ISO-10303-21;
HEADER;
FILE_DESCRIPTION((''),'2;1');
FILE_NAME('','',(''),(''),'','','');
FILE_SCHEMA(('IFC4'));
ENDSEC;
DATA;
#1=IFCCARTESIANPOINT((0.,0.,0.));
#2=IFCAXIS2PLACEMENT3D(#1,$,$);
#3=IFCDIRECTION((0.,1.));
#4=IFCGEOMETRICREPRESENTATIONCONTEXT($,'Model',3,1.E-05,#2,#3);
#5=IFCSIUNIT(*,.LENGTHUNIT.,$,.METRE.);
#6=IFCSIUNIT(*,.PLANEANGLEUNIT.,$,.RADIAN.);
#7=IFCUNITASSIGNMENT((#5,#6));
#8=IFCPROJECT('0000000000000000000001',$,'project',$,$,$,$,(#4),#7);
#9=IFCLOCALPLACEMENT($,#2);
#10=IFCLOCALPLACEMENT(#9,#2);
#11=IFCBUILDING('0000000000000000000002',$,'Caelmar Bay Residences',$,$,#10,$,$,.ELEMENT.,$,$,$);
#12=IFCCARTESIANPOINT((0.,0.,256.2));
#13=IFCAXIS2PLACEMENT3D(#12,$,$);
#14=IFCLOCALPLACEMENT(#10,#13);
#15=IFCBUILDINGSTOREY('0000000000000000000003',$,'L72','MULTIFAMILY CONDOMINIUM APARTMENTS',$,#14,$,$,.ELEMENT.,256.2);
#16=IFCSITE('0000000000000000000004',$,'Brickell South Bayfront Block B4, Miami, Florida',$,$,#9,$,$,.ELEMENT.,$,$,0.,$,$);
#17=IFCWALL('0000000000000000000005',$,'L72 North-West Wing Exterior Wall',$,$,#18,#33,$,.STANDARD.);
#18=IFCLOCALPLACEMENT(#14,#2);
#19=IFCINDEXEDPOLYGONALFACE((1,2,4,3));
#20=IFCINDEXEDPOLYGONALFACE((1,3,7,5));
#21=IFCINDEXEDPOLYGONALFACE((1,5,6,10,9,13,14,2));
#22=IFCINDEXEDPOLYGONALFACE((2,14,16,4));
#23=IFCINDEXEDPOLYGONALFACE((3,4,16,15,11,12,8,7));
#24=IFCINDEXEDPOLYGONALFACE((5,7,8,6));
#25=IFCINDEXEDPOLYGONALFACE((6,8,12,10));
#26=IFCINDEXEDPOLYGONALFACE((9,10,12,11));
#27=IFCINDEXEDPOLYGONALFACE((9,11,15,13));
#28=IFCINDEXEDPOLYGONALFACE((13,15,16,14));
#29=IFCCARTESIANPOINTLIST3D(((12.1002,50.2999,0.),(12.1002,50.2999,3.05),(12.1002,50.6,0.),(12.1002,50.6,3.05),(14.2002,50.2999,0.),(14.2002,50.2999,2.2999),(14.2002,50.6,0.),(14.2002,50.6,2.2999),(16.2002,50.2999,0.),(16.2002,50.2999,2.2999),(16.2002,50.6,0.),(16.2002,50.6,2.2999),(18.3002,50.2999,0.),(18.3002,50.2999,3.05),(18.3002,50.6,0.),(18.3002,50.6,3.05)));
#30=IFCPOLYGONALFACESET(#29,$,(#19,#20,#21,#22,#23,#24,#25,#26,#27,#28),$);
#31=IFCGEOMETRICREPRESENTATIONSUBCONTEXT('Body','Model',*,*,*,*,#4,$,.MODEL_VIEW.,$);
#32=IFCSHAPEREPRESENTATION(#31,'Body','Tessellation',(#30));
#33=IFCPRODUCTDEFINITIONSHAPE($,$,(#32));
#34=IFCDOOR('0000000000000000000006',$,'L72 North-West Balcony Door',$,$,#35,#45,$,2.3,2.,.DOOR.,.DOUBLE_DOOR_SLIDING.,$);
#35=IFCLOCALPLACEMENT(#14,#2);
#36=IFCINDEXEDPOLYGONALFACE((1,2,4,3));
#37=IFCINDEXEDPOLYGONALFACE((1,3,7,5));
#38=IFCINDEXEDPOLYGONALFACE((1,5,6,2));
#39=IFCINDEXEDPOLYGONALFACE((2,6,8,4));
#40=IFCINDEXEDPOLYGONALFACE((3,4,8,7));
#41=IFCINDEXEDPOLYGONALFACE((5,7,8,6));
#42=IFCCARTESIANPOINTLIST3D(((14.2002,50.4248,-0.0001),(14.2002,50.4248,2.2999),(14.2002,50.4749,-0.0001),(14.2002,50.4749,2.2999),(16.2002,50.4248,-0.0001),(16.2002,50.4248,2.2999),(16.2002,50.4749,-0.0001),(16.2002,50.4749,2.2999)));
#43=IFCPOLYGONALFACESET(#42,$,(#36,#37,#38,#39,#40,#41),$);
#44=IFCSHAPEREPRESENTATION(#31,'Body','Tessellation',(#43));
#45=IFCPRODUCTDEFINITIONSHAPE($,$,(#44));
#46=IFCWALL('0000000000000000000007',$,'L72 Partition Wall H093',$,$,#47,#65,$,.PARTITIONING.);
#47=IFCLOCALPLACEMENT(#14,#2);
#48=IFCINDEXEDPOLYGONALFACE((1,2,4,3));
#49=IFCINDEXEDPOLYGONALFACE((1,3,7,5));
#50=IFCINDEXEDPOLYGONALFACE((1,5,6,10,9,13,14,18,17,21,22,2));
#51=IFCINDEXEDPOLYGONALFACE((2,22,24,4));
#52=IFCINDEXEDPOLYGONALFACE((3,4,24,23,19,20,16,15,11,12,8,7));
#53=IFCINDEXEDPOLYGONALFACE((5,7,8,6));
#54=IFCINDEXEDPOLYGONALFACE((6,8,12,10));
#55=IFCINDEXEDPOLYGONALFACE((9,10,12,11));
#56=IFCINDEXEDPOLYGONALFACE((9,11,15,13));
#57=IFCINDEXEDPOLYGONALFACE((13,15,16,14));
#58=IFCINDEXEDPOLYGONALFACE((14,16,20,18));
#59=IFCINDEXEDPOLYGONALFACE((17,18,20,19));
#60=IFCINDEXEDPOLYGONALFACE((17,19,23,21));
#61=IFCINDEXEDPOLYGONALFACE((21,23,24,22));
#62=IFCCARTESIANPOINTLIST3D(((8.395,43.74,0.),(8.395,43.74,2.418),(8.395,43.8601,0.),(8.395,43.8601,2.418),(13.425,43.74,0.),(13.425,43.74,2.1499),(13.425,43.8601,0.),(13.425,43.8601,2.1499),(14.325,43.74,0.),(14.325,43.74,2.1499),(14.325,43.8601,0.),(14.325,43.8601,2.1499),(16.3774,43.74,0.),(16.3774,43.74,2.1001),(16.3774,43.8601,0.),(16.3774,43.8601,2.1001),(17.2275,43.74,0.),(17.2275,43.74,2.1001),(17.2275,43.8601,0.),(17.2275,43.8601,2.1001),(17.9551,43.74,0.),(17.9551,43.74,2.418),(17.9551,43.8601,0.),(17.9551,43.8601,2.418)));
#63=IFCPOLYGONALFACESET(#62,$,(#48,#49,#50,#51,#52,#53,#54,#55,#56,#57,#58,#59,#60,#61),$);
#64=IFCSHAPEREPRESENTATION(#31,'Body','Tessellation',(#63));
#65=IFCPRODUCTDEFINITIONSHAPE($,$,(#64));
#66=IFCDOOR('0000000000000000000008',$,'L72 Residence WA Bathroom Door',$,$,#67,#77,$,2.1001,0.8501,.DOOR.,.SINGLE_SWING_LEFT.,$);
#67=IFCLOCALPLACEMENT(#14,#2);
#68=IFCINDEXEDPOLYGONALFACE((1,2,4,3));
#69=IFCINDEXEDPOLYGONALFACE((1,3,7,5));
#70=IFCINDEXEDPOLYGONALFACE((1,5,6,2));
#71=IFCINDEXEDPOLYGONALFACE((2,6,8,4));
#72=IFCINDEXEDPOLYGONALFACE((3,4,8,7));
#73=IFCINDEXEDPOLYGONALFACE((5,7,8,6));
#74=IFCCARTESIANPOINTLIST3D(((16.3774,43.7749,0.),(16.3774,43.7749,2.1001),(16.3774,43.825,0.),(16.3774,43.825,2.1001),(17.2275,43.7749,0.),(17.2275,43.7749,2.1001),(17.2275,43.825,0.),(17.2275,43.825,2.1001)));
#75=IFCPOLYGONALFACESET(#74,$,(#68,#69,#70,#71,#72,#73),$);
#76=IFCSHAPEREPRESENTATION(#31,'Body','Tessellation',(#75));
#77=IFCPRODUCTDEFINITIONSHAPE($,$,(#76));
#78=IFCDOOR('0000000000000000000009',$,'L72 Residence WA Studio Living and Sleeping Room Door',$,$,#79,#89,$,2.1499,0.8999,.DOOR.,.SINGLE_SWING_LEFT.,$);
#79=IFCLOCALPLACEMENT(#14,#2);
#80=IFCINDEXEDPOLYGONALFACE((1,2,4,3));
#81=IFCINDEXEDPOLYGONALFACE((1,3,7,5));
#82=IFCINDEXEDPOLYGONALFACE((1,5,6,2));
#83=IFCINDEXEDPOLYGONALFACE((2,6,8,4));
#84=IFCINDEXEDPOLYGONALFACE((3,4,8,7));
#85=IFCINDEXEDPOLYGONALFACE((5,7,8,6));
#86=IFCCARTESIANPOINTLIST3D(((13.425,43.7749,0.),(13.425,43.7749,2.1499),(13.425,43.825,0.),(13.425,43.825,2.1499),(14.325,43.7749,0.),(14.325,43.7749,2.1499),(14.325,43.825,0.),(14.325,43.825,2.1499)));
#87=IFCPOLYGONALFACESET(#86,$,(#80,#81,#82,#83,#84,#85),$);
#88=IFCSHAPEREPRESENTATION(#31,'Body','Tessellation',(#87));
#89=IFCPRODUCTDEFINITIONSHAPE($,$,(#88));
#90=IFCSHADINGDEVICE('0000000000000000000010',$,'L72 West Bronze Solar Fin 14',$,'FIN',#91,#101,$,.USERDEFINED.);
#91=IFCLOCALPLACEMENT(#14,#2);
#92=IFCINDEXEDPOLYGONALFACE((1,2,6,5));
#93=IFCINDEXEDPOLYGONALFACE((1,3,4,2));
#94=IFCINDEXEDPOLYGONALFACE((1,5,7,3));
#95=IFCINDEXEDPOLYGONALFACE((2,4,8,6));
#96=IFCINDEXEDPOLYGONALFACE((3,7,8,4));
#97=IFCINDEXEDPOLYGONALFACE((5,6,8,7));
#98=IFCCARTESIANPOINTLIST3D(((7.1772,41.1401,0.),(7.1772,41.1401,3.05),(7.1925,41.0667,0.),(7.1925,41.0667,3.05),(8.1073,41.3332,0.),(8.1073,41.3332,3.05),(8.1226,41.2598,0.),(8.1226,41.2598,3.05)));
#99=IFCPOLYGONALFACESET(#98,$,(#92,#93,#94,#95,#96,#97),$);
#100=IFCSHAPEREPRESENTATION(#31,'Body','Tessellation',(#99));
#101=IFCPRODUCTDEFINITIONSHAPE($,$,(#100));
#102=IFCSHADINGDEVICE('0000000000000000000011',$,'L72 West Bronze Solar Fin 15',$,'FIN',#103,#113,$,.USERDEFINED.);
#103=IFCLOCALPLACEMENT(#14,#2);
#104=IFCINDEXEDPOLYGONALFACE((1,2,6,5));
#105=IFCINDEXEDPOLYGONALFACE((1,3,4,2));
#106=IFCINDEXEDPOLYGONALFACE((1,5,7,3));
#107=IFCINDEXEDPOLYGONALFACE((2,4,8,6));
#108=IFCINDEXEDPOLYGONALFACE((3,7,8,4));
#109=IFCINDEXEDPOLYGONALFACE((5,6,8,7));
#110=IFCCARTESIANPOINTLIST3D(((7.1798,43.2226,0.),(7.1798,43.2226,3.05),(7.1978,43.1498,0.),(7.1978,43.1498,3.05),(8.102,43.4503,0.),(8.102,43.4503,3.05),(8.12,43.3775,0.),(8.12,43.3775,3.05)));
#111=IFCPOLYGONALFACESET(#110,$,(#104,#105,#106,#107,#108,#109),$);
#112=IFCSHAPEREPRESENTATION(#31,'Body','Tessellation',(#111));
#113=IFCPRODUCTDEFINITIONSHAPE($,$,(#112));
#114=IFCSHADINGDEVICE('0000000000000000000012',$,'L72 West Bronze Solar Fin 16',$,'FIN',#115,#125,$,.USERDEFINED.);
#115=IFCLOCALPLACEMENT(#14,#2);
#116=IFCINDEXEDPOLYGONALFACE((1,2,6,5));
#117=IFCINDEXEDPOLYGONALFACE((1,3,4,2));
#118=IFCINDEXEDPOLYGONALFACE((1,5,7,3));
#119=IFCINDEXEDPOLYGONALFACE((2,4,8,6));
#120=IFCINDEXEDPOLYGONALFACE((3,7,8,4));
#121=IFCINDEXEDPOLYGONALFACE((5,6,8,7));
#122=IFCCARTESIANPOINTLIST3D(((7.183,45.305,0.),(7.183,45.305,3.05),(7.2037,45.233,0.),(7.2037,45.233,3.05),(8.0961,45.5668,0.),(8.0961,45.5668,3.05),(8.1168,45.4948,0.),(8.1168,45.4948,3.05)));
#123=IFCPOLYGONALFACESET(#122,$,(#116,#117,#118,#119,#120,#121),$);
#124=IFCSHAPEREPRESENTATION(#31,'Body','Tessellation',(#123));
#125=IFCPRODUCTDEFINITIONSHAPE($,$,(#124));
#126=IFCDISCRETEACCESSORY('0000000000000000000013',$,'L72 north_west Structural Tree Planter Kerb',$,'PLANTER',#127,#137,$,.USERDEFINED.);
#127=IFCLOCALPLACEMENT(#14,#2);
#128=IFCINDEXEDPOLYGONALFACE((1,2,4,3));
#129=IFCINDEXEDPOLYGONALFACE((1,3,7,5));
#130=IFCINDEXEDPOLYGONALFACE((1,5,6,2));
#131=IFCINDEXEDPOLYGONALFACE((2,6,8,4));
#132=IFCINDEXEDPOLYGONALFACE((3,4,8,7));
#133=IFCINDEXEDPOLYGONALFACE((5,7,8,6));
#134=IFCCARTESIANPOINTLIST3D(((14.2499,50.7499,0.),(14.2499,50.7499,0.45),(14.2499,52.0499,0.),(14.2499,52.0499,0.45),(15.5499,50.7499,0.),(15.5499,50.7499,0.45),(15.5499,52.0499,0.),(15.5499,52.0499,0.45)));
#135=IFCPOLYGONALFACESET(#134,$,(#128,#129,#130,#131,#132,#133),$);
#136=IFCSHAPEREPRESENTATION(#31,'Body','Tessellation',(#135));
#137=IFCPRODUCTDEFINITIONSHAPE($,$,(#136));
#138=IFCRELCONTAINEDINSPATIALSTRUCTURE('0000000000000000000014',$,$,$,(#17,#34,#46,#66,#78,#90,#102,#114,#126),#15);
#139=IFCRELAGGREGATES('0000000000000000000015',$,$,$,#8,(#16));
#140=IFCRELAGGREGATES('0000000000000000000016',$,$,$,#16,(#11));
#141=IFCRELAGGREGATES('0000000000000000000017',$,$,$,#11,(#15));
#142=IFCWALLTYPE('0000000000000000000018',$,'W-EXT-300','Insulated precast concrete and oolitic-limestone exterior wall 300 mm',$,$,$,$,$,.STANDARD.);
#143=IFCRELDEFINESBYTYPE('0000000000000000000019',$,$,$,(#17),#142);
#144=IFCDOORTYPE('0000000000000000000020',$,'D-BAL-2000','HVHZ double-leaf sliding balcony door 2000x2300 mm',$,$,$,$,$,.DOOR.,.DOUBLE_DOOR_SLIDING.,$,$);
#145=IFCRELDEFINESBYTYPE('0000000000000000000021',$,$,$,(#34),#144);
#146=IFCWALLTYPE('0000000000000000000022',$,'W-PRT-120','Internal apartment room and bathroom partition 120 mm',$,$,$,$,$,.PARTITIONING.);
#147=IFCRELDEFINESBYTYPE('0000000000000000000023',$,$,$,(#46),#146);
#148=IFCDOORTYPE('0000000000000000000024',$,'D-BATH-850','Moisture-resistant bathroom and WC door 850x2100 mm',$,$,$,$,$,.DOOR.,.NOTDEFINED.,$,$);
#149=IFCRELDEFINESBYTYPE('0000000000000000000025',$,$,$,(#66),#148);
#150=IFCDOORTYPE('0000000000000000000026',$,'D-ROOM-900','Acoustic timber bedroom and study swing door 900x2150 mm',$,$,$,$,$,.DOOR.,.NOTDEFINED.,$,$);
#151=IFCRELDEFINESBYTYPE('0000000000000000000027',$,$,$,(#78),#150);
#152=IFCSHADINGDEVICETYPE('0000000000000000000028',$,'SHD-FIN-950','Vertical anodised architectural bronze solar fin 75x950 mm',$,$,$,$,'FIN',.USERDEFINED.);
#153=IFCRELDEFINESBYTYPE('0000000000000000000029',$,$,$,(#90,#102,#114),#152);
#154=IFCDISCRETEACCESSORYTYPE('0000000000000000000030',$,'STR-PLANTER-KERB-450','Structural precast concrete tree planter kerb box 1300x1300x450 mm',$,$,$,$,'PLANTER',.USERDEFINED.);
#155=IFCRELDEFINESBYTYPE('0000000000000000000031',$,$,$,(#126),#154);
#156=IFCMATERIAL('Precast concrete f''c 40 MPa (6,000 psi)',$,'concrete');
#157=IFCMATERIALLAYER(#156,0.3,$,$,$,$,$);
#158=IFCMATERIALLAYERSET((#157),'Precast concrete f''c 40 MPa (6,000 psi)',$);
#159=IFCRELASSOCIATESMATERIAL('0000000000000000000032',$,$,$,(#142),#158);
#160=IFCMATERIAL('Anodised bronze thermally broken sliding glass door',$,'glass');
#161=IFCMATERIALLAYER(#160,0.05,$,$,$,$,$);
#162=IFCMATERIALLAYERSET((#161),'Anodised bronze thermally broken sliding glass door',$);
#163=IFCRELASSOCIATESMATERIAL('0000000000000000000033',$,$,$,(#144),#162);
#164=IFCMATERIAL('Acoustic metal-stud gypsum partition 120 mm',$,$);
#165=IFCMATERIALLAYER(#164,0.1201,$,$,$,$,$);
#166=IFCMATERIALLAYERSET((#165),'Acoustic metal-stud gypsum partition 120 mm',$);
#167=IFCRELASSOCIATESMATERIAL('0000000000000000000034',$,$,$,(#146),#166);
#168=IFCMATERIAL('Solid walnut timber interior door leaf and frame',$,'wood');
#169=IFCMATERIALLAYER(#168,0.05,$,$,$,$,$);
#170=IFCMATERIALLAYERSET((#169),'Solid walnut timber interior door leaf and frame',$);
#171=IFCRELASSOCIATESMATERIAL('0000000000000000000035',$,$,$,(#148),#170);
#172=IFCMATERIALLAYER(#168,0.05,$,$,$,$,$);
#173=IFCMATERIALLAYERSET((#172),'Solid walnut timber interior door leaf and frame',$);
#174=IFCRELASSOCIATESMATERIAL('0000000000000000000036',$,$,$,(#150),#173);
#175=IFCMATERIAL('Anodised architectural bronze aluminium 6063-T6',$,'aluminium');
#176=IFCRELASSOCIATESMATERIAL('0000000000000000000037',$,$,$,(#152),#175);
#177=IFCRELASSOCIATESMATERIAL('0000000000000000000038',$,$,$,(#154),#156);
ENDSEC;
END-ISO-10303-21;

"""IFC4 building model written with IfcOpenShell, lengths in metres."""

from ifc_helpers import new_model, si_unit, direction, frame, frame_2d, origin, origin_2d, place, context, subcontext, project, spatial, rectangle, extrude, material, layer, layer_set, material_profile, profile_set, type_object, element, fill, save


model = new_model("IFC4")

# Units and contexts
model_context = context("Model", 3, precision=1e-05, world=origin(), true_north=direction((0.0, 1.0)))
body_context = subcontext(model_context, "Body", "Model", "MODEL_VIEW")
ifc_project = project(units=[si_unit("LENGTHUNIT", "METRE"), si_unit("PLANEANGLEUNIT", "RADIAN")], contexts=[model_context])

# Site, building, storey
site_placement = place(None, origin())
site = spatial("IfcSite", under=ifc_project, at=site_placement, Name="Brickell South Bayfront Block B4, Miami, Florida", CompositionType="ELEMENT", RefElevation=0.0)
building_placement = place(site_placement, origin())
building = spatial("IfcBuilding", under=site, at=building_placement, Name="Caelmar Bay Residences", CompositionType="ELEMENT")
storey_placement = place(building_placement, frame((0.0, 0.0, 256.2)))
storey = spatial("IfcBuildingStorey", under=building, at=storey_placement, Name="L72", Description="MULTIFAMILY CONDOMINIUM APARTMENTS", CompositionType="ELEMENT", Elevation=256.2)

# Shared definitions
ifc_material_1 = material(Name="Precast concrete f'c 40 MPa (6,000 psi)", Category="concrete")

# Wall, opening, door
ifc_layer_1 = layer(ifc_material_1, 0.3)
ifc_layer_set_1 = layer_set([ifc_layer_1], Name="Precast concrete f'c 40 MPa (6,000 psi)")
wall_type_1 = type_object("IfcWallType", Name="W-EXT-300", Description="Insulated precast concrete and oolitic-limestone exterior wall 300 mm", PredefinedType="STANDARD", material=ifc_layer_set_1)
wall_1_placement = place(storey_placement, frame((12.1001, 50.45, 0.0), z_axis=(0.0, 0.0, 1.0), x_axis=(1.0, 0.0, 0.0)))
wall_1 = element("IfcWall", 1, at=wall_1_placement, inside=storey, type_object=wall_type_1, Name="L72 North-West Wing Exterior Wall", PredefinedType="STANDARD", context=body_context, shape_type="SweptSolid", body=[
    extrude(rectangle(XDim=6.2, YDim=0.3, at=frame_2d((3.1001, 0.0))), origin(), (0.0, 0.0, 1.0), 3.05),
])
opening_1_placement = place(wall_1_placement, frame((2.1001, 0.0, 0.0)))
opening_1 = element("IfcOpeningElement", 2, at=opening_1_placement, cuts=wall_1, PredefinedType="OPENING", context=body_context, shape_type="SweptSolid", body=[
    extrude(rectangle(XDim=2.0, YDim=2.3, at=frame_2d((1.0, 1.1499))), frame((0.0, 0.1599, 0.0), z_axis=(0.0, -1.0, 0.0), x_axis=(1.0, 0.0, 0.0)), (0.0, 0.0, 1.0), 0.3201),
])
ifc_material_2 = material(Name="Anodised bronze thermally broken sliding glass door", Category="glass")
ifc_layer_2 = layer(ifc_material_2, 0.05)
ifc_layer_set_2 = layer_set([ifc_layer_2], Name="Anodised bronze thermally broken sliding glass door")
door_type_1 = type_object("IfcDoorType", Name="D-BAL-2000", Description="HVHZ double-leaf sliding balcony door 2000x2300 mm", OperationType="DOUBLE_DOOR_SLIDING", PredefinedType="DOOR", material=ifc_layer_set_2)
door_1_placement = place(opening_1_placement, origin())
door_1 = element("IfcDoor", 3, at=door_1_placement, inside=storey, type_object=door_type_1, Name="L72 North-West Balcony Door", OperationType="DOUBLE_DOOR_SLIDING", OverallHeight=2.3, OverallWidth=2.0, PredefinedType="DOOR", context=body_context, shape_type="SweptSolid", body=[
    extrude(rectangle(XDim=2.0, YDim=2.3, at=frame_2d((1.0, 1.1499))), frame((0.0, 0.0249, 0.0), z_axis=(0.0, -1.0, 0.0), x_axis=(1.0, 0.0, 0.0)), (0.0, 0.0, 1.0), 0.05),
])
fill(opening_1, door_1)

# Wall, openings, doors
ifc_material_3 = material(Name="Acoustic metal-stud gypsum partition 120 mm")
ifc_layer_3 = layer(ifc_material_3, 0.1201)
ifc_layer_set_3 = layer_set([ifc_layer_3], Name="Acoustic metal-stud gypsum partition 120 mm")
wall_type_2 = type_object("IfcWallType", Name="W-PRT-120", Description="Internal apartment room and bathroom partition 120 mm", PredefinedType="PARTITIONING", material=ifc_layer_set_3)
wall_2_placement = place(storey_placement, frame((8.395, 43.8, 0.0), z_axis=(0.0, 0.0, 1.0), x_axis=(1.0, 0.0, 0.0)))
wall_2 = element("IfcWall", 4, at=wall_2_placement, inside=storey, type_object=wall_type_2, Name="L72 Partition Wall H093", PredefinedType="PARTITIONING", context=body_context, shape_type="SweptSolid", body=[
    extrude(rectangle(XDim=9.5601, YDim=0.1201, at=frame_2d((4.78, 0.0))), origin(), (0.0, 0.0, 1.0), 2.418),
])
opening_2_placement = place(wall_2_placement, frame((5.03, 0.0, 0.0)))
opening_2 = element("IfcOpeningElement", 5, at=opening_2_placement, cuts=wall_2, PredefinedType="OPENING", context=body_context, shape_type="SweptSolid", body=[
    extrude(rectangle(XDim=0.8999, YDim=2.1499, at=frame_2d((0.45, 1.075))), frame((0.0, 0.0701, 0.0), z_axis=(0.0, -1.0, 0.0), x_axis=(1.0, 0.0, 0.0)), (0.0, 0.0, 1.0), 0.1401),
])
opening_3_placement = place(wall_2_placement, frame((7.9824, 0.0, 0.0)))
opening_3 = element("IfcOpeningElement", 6, at=opening_3_placement, cuts=wall_2, PredefinedType="OPENING", context=body_context, shape_type="SweptSolid", body=[
    extrude(rectangle(XDim=0.8501, YDim=2.1001, at=frame_2d((0.425, 1.05))), frame((0.0, 0.0701, 0.0), z_axis=(0.0, -1.0, 0.0), x_axis=(1.0, 0.0, 0.0)), (0.0, 0.0, 1.0), 0.1401),
])
ifc_material_4 = material(Name="Solid walnut timber interior door leaf and frame", Category="wood")
ifc_layer_4 = layer(ifc_material_4, 0.05)
ifc_layer_set_4 = layer_set([ifc_layer_4], Name="Solid walnut timber interior door leaf and frame")
door_type_2 = type_object("IfcDoorType", Name="D-BATH-850", Description="Moisture-resistant bathroom and WC door 850x2100 mm", OperationType="NOTDEFINED", PredefinedType="DOOR", material=ifc_layer_set_4)
door_2_placement = place(opening_3_placement, origin())
door_2 = element("IfcDoor", 7, at=door_2_placement, inside=storey, type_object=door_type_2, Name="L72 Residence WA Bathroom Door", OperationType="SINGLE_SWING_LEFT", OverallHeight=2.1001, OverallWidth=0.8501, PredefinedType="DOOR", context=body_context, shape_type="SweptSolid", body=[
    extrude(rectangle(XDim=0.8501, YDim=2.1001, at=frame_2d((0.425, 1.05))), frame((0.0, 0.0249, 0.0), z_axis=(0.0, -1.0, 0.0), x_axis=(1.0, 0.0, 0.0)), (0.0, 0.0, 1.0), 0.05),
])
fill(opening_3, door_2)
ifc_layer_5 = layer(ifc_material_4, 0.05)
ifc_layer_set_5 = layer_set([ifc_layer_5], Name="Solid walnut timber interior door leaf and frame")
door_type_3 = type_object("IfcDoorType", Name="D-ROOM-900", Description="Acoustic timber bedroom and study swing door 900x2150 mm", OperationType="NOTDEFINED", PredefinedType="DOOR", material=ifc_layer_set_5)
door_3_placement = place(opening_2_placement, origin())
door_3 = element("IfcDoor", 8, at=door_3_placement, inside=storey, type_object=door_type_3, Name="L72 Residence WA Studio Living and Sleeping Room Door", OperationType="SINGLE_SWING_LEFT", OverallHeight=2.1499, OverallWidth=0.8999, PredefinedType="DOOR", context=body_context, shape_type="SweptSolid", body=[
    extrude(rectangle(XDim=0.8999, YDim=2.1499, at=frame_2d((0.45, 1.075))), frame((0.0, 0.0249, 0.0), z_axis=(0.0, -1.0, 0.0), x_axis=(1.0, 0.0, 0.0)), (0.0, 0.0, 1.0), 0.05),
])
fill(opening_2, door_3)

# Shading devices
ifc_material_5 = material(Name="Anodised architectural bronze aluminium 6063-T6", Category="aluminium")
ifc_material_profile_1 = material_profile(ifc_material_5, rectangle(XDim=0.075, YDim=0.95, at=origin_2d()), Name="BRONZE-FIN-75X950")
ifc_profile_set_1 = profile_set([ifc_material_profile_1], Name="Anodised architectural bronze aluminium 6063-T6")
shading_device_type = type_object("IfcShadingDeviceType", Name="SHD-FIN-950", Description="Vertical anodised architectural bronze solar fin 75x950 mm", ElementType="FIN", PredefinedType="USERDEFINED", material=ifc_profile_set_1)
for number, where, z_axis, x_axis, name in (
    (9, (7.6499, 41.2, 0.0), (0.0, 0.0, 1.0), (-0.2033, 0.979116, 0.0), "L72 West Bronze Solar Fin 14"),
    (10, (7.6499, 43.3, 0.0), (0.0, 0.0, 1.0), (-0.23972, 0.970842, 0.0), "L72 West Bronze Solar Fin 15"),
    (11, (7.6499, 45.3999, 0.0), (0.0, 0.0, 1.0), (-0.275637, 0.961262, 0.0), "L72 West Bronze Solar Fin 16"),
):
    element("IfcShadingDevice", number, at=place(storey_placement, frame(where, z_axis=z_axis, x_axis=x_axis)), inside=storey, type_object=shading_device_type, Name=name, ObjectType="FIN", PredefinedType="USERDEFINED", context=body_context, shape_type="SweptSolid", body=[
        extrude(rectangle(XDim=0.075, YDim=0.95, at=origin_2d()), origin(), (0.0, 0.0, 1.0), 3.05),
    ])

# Discrete accessory
discrete_accessory_type = type_object("IfcDiscreteAccessoryType", Name="STR-PLANTER-KERB-450", Description="Structural precast concrete tree planter kerb box 1300x1300x450 mm", ElementType="PLANTER", PredefinedType="USERDEFINED", material=ifc_material_1)
discrete_accessory_placement = place(storey_placement, frame((14.8999, 51.3999, 0.0), z_axis=(0.0, 0.0, 1.0), x_axis=(1.0, 0.0, 0.0)))
element("IfcDiscreteAccessory", 12, at=discrete_accessory_placement, inside=storey, type_object=discrete_accessory_type, Name="L72 north_west Structural Tree Planter Kerb", ObjectType="PLANTER", PredefinedType="USERDEFINED", context=body_context, shape_type="SweptSolid", body=[
    extrude(rectangle(XDim=1.3, YDim=1.3, at=origin_2d()), origin(), (0.0, 0.0, 1.0), 0.45),
])

save(model, "model.ifc")
